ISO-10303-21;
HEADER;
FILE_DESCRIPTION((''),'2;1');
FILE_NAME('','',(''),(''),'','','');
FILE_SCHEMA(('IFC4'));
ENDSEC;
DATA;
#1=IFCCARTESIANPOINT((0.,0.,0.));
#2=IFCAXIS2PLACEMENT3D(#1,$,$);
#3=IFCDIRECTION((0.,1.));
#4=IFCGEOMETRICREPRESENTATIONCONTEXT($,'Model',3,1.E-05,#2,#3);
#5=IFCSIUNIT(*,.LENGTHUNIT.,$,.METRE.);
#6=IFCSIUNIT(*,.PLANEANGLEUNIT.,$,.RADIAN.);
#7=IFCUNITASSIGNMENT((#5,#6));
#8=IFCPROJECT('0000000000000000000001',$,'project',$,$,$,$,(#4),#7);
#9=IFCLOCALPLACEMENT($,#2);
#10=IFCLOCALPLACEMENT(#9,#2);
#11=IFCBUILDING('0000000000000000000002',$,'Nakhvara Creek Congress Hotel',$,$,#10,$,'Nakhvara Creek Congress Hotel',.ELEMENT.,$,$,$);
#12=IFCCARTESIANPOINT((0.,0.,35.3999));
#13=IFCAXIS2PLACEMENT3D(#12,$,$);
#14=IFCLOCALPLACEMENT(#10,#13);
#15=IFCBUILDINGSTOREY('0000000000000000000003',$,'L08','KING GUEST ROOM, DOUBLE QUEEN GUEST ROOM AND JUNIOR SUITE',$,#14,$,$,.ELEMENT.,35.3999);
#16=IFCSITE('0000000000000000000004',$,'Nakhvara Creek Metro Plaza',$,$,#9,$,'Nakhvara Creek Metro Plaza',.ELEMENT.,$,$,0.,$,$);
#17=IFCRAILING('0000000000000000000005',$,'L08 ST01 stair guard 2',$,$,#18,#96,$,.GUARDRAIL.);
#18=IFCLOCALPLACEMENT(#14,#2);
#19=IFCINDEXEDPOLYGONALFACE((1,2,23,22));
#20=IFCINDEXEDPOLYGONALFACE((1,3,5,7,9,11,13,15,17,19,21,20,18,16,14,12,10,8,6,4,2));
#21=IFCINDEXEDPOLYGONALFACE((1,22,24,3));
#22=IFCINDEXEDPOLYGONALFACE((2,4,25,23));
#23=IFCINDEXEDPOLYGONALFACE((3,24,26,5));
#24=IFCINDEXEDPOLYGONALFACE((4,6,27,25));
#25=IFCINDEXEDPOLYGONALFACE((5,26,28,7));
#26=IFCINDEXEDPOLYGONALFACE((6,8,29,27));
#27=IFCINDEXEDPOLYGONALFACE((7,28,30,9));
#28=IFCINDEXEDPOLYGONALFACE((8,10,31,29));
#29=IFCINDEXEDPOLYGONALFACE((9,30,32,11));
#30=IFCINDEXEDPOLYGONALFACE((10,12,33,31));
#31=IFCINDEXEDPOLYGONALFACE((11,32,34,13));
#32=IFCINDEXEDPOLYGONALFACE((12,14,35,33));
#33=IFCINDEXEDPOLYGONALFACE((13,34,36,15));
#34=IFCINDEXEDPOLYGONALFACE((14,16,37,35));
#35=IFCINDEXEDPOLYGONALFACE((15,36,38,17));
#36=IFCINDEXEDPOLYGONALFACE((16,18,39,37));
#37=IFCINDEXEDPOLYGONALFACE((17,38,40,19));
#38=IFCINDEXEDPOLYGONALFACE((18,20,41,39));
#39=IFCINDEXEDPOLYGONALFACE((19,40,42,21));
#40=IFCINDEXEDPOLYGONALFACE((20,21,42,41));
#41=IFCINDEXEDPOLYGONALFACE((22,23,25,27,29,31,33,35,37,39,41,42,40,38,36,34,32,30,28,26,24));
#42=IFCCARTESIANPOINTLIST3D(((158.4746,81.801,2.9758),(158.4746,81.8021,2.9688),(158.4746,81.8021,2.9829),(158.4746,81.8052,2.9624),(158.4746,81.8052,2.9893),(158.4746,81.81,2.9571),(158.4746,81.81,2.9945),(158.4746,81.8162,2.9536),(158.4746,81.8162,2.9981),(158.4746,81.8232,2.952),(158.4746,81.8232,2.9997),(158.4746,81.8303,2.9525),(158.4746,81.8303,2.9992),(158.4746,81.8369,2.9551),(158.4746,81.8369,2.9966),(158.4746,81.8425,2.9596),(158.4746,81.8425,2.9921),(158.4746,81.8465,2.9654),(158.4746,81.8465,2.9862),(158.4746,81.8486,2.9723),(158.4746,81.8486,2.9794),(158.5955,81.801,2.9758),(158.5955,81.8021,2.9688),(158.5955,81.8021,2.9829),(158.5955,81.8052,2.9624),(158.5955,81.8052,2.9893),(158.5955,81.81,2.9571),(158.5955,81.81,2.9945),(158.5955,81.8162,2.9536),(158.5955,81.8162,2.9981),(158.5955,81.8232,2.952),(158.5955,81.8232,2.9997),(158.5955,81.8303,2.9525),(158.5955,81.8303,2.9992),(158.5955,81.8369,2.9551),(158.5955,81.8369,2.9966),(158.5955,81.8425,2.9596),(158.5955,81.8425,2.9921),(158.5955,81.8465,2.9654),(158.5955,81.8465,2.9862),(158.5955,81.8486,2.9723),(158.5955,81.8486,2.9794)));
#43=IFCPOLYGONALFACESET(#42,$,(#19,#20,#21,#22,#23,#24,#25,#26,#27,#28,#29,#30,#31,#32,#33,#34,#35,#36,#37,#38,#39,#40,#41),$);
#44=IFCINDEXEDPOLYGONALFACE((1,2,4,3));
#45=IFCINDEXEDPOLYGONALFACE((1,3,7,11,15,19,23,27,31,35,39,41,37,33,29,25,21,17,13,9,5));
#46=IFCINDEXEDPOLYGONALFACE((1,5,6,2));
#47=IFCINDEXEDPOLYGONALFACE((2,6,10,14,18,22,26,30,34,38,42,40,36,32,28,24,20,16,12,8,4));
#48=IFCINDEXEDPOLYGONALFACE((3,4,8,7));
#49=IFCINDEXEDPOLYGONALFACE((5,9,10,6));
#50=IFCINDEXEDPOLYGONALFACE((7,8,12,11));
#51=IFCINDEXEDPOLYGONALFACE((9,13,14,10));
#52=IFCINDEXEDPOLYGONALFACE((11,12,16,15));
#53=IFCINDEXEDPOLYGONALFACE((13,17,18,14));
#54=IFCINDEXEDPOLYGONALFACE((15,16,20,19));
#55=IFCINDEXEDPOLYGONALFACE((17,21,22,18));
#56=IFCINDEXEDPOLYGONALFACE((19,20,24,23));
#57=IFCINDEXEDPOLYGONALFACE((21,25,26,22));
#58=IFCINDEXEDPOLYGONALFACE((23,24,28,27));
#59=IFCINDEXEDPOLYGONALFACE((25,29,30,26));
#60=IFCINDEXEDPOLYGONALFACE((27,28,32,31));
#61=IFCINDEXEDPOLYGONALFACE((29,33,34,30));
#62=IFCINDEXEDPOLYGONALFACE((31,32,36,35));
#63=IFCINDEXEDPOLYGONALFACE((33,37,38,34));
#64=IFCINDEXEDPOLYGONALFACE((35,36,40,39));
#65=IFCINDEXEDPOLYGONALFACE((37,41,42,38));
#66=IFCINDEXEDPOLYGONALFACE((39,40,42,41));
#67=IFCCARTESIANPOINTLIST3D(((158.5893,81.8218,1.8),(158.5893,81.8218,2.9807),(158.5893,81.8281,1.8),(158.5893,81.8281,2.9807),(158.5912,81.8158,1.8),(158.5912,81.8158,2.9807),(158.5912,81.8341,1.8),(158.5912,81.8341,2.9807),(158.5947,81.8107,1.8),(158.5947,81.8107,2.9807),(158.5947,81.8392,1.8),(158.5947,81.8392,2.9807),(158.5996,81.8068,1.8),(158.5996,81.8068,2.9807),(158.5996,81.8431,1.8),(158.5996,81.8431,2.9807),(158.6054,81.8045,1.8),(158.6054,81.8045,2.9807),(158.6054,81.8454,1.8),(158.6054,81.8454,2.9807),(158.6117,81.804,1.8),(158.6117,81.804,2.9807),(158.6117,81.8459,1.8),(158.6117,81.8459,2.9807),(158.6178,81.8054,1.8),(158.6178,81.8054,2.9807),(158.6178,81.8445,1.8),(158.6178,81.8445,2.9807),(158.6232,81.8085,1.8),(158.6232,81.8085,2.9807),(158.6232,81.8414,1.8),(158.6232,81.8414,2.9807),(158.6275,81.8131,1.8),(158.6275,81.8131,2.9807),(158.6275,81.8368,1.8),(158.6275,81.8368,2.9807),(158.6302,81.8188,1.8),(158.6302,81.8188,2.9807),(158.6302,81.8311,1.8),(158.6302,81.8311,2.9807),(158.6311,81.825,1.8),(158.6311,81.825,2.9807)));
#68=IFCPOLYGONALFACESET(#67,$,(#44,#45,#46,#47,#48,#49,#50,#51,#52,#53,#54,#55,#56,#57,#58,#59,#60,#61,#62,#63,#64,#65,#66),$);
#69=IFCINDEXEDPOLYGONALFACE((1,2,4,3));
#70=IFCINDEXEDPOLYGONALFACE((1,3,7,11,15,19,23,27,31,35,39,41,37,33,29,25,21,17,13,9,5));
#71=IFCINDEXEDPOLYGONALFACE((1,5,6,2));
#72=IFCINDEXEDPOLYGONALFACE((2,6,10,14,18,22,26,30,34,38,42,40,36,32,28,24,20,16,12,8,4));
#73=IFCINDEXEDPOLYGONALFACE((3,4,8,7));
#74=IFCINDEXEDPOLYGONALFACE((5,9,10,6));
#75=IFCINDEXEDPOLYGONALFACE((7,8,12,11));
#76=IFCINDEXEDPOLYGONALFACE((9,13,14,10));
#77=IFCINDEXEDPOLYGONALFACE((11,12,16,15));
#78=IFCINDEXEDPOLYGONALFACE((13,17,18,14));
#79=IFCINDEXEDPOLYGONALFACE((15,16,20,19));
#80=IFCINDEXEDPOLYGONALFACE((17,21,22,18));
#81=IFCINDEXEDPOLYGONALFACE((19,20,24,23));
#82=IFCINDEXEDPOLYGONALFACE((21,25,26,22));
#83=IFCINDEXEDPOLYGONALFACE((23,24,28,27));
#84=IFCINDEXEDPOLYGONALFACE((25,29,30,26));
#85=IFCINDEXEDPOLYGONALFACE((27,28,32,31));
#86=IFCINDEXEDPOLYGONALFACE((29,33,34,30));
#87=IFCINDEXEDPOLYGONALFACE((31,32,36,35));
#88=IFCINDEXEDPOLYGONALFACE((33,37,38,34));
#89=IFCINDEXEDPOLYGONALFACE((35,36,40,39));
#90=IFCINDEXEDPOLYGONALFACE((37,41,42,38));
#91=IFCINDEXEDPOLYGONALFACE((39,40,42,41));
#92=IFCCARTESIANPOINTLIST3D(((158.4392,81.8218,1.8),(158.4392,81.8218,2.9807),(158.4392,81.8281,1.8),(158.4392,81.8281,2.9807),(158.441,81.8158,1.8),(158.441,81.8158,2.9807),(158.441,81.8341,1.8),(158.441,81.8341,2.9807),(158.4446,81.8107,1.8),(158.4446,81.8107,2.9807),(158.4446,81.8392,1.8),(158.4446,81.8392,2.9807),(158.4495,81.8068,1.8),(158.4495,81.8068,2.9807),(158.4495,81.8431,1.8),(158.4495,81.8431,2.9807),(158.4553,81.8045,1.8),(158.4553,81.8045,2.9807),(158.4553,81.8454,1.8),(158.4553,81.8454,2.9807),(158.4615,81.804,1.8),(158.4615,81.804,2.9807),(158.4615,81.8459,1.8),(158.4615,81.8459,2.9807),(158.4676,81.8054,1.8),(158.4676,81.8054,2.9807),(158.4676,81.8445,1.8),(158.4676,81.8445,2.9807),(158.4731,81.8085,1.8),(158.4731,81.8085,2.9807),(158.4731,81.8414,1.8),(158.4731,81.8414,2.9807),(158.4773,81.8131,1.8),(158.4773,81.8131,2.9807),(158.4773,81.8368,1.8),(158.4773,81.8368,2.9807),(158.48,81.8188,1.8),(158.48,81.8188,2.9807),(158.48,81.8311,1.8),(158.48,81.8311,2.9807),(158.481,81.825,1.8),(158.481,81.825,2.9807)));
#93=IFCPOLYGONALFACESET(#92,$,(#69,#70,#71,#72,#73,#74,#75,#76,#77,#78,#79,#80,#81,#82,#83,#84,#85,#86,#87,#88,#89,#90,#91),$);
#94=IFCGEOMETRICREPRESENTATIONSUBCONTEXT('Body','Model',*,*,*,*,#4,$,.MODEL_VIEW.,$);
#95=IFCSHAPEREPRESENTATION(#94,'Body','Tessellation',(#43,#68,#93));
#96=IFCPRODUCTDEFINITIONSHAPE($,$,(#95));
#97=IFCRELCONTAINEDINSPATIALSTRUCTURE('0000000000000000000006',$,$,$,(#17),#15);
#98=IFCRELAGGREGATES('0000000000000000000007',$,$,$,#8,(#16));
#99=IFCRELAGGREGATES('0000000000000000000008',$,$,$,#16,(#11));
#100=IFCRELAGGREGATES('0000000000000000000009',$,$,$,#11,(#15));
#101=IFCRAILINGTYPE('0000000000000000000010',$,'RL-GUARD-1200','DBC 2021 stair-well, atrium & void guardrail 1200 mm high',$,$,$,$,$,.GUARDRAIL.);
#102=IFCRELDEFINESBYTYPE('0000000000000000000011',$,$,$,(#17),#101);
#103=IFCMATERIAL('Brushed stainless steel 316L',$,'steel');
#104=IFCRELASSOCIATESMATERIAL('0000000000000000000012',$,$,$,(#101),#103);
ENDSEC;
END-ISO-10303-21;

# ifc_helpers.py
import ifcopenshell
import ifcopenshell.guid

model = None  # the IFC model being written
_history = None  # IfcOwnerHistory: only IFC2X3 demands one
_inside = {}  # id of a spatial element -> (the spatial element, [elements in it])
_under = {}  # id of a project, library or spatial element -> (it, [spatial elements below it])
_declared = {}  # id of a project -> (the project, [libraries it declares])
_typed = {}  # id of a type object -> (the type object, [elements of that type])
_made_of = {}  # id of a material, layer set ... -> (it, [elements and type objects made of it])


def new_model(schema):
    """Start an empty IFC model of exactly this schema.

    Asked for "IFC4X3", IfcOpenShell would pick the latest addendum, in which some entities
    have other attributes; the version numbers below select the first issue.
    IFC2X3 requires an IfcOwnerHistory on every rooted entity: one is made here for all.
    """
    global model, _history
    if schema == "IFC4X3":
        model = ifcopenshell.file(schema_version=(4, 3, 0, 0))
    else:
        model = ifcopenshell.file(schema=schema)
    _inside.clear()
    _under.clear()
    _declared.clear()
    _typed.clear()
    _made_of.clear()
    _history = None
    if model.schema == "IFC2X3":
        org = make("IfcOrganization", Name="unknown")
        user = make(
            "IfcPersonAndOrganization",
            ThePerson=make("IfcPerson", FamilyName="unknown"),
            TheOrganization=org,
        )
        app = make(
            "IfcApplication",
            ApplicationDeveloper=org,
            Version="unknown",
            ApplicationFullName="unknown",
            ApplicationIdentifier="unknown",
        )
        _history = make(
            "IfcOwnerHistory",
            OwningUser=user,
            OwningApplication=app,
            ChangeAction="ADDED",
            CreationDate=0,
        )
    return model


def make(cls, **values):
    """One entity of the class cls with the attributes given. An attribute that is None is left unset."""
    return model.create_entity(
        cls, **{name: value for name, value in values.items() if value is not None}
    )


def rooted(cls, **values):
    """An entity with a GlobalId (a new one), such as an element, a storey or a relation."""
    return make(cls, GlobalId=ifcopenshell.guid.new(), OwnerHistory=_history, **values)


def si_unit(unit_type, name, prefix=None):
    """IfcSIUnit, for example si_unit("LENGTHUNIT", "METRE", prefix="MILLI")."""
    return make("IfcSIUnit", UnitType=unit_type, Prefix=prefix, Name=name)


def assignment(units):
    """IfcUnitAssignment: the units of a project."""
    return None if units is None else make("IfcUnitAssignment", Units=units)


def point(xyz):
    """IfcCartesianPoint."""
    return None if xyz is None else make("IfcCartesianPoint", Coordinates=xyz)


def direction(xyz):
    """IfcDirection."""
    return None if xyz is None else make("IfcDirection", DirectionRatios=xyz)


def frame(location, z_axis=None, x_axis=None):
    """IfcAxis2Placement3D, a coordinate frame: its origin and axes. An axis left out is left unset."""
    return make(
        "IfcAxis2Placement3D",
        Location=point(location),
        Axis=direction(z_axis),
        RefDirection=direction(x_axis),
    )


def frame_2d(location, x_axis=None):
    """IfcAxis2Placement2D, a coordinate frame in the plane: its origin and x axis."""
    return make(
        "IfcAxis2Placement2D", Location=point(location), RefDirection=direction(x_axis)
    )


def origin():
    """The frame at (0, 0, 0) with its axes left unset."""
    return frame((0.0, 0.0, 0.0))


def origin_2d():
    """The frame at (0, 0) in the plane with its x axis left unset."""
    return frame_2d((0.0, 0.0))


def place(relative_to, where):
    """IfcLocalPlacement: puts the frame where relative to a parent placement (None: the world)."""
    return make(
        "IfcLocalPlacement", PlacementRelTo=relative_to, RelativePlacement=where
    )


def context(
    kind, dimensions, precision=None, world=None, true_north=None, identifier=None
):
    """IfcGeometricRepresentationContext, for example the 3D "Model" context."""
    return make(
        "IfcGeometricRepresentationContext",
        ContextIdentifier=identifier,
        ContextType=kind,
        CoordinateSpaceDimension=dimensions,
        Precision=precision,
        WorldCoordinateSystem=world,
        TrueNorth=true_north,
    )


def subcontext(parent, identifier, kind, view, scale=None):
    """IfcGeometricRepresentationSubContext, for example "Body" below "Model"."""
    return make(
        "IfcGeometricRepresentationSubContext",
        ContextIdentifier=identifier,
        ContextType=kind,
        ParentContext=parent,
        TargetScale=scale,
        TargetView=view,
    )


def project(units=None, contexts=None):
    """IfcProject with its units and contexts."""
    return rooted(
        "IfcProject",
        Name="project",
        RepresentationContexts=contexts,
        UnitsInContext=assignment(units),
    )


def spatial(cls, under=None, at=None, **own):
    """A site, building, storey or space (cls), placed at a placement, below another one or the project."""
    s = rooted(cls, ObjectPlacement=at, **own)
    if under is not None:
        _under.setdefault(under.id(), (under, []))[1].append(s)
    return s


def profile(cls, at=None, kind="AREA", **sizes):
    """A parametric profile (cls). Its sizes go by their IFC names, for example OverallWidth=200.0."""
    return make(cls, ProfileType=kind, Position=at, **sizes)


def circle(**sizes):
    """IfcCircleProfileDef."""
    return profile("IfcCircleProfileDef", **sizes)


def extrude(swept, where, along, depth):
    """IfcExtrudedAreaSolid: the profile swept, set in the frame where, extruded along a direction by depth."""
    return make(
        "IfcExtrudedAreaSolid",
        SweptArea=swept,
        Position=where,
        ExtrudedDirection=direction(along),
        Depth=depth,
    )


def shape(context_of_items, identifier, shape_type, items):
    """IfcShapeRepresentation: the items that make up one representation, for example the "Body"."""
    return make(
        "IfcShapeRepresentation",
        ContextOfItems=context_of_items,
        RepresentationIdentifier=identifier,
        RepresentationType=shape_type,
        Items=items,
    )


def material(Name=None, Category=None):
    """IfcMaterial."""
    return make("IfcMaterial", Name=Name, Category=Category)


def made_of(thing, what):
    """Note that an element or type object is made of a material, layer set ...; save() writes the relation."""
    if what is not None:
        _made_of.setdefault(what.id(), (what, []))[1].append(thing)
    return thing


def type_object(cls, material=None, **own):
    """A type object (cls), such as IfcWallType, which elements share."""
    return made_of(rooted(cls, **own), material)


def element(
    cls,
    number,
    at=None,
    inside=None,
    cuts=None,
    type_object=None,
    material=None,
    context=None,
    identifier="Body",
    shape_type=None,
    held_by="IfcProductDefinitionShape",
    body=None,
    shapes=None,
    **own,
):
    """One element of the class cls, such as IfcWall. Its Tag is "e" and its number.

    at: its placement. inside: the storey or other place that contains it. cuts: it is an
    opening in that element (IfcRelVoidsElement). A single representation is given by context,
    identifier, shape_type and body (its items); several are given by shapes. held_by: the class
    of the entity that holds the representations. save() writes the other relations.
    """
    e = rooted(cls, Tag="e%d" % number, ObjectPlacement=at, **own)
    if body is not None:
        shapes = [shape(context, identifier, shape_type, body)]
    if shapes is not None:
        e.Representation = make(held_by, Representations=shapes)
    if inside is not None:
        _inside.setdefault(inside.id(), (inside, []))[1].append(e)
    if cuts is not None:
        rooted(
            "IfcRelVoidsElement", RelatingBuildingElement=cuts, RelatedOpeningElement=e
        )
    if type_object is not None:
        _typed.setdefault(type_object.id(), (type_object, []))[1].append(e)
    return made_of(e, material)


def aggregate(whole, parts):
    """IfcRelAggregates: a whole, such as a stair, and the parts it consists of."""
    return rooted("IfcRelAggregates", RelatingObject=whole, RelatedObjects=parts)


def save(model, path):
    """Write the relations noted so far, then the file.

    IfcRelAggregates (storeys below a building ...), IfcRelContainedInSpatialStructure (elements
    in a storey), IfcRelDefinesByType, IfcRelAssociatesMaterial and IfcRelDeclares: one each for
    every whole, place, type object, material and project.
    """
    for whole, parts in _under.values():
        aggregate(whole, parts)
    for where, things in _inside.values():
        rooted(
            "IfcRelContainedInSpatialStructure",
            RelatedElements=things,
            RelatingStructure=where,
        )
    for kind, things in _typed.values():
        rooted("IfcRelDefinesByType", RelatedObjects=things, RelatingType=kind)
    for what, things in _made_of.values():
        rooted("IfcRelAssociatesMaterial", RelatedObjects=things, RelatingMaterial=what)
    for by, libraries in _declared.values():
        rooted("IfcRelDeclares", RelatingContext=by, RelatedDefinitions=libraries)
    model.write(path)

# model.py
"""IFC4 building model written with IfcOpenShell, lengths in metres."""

from ifc_helpers import new_model, si_unit, direction, frame, origin, origin_2d, place, context, subcontext, project, spatial, circle, extrude, material, type_object, element, save


model = new_model("IFC4")

# Units and contexts
model_context = context("Model", 3, precision=1e-05, world=origin(), true_north=direction((0.0, 1.0)))
body_context = subcontext(model_context, "Body", "Model", "MODEL_VIEW")
ifc_project = project(units=[si_unit("LENGTHUNIT", "METRE"), si_unit("PLANEANGLEUNIT", "RADIAN")], contexts=[model_context])

# Site, building, storey
site_placement = place(None, origin())
site = spatial("IfcSite", under=ifc_project, at=site_placement, Name="Nakhvara Creek Metro Plaza", LongName="Nakhvara Creek Metro Plaza", CompositionType="ELEMENT", RefElevation=0.0)
building_placement = place(site_placement, origin())
building = spatial("IfcBuilding", under=site, at=building_placement, Name="Nakhvara Creek Congress Hotel", LongName="Nakhvara Creek Congress Hotel", CompositionType="ELEMENT")
storey_placement = place(building_placement, frame((0.0, 0.0, 35.3999)))
storey = spatial("IfcBuildingStorey", under=building, at=storey_placement, Name="L08", Description="KING GUEST ROOM, DOUBLE QUEEN GUEST ROOM AND JUNIOR SUITE", CompositionType="ELEMENT", Elevation=35.3999)

# Railing
ifc_material_1 = material(Name="Brushed stainless steel 316L", Category="steel")
railing_type_1 = type_object("IfcRailingType", Name="RL-GUARD-1200", Description="DBC 2021 stair-well, atrium & void guardrail 1200 mm high", PredefinedType="GUARDRAIL", material=ifc_material_1)
railing_1_placement = place(storey_placement, frame((158.6101, 81.825, 1.8)))
element("IfcRailing", 1, at=railing_1_placement, inside=storey, type_object=railing_type_1, Name="L08 ST01 stair guard 2", PredefinedType="GUARDRAIL", context=body_context, shape_type="SweptSolid", body=[
    extrude(circle(Radius=0.0239, at=origin_2d()), frame((-0.0146, 0.0, 1.1758), z_axis=(-1.0, 0.0, 0.0), x_axis=(0.0, -1.0, 0.0)), (0.0, 0.0, 1.0), 0.1208),
    extrude(circle(Radius=0.021, at=origin_2d()), origin(), (0.0, 0.0, 1.0), 1.1807),
    extrude(circle(Radius=0.021, at=origin_2d()), frame((-0.1501, 0.0, 0.0)), (0.0, 0.0, 1.0), 1.1807),
])

save(model, "model.ifc")
